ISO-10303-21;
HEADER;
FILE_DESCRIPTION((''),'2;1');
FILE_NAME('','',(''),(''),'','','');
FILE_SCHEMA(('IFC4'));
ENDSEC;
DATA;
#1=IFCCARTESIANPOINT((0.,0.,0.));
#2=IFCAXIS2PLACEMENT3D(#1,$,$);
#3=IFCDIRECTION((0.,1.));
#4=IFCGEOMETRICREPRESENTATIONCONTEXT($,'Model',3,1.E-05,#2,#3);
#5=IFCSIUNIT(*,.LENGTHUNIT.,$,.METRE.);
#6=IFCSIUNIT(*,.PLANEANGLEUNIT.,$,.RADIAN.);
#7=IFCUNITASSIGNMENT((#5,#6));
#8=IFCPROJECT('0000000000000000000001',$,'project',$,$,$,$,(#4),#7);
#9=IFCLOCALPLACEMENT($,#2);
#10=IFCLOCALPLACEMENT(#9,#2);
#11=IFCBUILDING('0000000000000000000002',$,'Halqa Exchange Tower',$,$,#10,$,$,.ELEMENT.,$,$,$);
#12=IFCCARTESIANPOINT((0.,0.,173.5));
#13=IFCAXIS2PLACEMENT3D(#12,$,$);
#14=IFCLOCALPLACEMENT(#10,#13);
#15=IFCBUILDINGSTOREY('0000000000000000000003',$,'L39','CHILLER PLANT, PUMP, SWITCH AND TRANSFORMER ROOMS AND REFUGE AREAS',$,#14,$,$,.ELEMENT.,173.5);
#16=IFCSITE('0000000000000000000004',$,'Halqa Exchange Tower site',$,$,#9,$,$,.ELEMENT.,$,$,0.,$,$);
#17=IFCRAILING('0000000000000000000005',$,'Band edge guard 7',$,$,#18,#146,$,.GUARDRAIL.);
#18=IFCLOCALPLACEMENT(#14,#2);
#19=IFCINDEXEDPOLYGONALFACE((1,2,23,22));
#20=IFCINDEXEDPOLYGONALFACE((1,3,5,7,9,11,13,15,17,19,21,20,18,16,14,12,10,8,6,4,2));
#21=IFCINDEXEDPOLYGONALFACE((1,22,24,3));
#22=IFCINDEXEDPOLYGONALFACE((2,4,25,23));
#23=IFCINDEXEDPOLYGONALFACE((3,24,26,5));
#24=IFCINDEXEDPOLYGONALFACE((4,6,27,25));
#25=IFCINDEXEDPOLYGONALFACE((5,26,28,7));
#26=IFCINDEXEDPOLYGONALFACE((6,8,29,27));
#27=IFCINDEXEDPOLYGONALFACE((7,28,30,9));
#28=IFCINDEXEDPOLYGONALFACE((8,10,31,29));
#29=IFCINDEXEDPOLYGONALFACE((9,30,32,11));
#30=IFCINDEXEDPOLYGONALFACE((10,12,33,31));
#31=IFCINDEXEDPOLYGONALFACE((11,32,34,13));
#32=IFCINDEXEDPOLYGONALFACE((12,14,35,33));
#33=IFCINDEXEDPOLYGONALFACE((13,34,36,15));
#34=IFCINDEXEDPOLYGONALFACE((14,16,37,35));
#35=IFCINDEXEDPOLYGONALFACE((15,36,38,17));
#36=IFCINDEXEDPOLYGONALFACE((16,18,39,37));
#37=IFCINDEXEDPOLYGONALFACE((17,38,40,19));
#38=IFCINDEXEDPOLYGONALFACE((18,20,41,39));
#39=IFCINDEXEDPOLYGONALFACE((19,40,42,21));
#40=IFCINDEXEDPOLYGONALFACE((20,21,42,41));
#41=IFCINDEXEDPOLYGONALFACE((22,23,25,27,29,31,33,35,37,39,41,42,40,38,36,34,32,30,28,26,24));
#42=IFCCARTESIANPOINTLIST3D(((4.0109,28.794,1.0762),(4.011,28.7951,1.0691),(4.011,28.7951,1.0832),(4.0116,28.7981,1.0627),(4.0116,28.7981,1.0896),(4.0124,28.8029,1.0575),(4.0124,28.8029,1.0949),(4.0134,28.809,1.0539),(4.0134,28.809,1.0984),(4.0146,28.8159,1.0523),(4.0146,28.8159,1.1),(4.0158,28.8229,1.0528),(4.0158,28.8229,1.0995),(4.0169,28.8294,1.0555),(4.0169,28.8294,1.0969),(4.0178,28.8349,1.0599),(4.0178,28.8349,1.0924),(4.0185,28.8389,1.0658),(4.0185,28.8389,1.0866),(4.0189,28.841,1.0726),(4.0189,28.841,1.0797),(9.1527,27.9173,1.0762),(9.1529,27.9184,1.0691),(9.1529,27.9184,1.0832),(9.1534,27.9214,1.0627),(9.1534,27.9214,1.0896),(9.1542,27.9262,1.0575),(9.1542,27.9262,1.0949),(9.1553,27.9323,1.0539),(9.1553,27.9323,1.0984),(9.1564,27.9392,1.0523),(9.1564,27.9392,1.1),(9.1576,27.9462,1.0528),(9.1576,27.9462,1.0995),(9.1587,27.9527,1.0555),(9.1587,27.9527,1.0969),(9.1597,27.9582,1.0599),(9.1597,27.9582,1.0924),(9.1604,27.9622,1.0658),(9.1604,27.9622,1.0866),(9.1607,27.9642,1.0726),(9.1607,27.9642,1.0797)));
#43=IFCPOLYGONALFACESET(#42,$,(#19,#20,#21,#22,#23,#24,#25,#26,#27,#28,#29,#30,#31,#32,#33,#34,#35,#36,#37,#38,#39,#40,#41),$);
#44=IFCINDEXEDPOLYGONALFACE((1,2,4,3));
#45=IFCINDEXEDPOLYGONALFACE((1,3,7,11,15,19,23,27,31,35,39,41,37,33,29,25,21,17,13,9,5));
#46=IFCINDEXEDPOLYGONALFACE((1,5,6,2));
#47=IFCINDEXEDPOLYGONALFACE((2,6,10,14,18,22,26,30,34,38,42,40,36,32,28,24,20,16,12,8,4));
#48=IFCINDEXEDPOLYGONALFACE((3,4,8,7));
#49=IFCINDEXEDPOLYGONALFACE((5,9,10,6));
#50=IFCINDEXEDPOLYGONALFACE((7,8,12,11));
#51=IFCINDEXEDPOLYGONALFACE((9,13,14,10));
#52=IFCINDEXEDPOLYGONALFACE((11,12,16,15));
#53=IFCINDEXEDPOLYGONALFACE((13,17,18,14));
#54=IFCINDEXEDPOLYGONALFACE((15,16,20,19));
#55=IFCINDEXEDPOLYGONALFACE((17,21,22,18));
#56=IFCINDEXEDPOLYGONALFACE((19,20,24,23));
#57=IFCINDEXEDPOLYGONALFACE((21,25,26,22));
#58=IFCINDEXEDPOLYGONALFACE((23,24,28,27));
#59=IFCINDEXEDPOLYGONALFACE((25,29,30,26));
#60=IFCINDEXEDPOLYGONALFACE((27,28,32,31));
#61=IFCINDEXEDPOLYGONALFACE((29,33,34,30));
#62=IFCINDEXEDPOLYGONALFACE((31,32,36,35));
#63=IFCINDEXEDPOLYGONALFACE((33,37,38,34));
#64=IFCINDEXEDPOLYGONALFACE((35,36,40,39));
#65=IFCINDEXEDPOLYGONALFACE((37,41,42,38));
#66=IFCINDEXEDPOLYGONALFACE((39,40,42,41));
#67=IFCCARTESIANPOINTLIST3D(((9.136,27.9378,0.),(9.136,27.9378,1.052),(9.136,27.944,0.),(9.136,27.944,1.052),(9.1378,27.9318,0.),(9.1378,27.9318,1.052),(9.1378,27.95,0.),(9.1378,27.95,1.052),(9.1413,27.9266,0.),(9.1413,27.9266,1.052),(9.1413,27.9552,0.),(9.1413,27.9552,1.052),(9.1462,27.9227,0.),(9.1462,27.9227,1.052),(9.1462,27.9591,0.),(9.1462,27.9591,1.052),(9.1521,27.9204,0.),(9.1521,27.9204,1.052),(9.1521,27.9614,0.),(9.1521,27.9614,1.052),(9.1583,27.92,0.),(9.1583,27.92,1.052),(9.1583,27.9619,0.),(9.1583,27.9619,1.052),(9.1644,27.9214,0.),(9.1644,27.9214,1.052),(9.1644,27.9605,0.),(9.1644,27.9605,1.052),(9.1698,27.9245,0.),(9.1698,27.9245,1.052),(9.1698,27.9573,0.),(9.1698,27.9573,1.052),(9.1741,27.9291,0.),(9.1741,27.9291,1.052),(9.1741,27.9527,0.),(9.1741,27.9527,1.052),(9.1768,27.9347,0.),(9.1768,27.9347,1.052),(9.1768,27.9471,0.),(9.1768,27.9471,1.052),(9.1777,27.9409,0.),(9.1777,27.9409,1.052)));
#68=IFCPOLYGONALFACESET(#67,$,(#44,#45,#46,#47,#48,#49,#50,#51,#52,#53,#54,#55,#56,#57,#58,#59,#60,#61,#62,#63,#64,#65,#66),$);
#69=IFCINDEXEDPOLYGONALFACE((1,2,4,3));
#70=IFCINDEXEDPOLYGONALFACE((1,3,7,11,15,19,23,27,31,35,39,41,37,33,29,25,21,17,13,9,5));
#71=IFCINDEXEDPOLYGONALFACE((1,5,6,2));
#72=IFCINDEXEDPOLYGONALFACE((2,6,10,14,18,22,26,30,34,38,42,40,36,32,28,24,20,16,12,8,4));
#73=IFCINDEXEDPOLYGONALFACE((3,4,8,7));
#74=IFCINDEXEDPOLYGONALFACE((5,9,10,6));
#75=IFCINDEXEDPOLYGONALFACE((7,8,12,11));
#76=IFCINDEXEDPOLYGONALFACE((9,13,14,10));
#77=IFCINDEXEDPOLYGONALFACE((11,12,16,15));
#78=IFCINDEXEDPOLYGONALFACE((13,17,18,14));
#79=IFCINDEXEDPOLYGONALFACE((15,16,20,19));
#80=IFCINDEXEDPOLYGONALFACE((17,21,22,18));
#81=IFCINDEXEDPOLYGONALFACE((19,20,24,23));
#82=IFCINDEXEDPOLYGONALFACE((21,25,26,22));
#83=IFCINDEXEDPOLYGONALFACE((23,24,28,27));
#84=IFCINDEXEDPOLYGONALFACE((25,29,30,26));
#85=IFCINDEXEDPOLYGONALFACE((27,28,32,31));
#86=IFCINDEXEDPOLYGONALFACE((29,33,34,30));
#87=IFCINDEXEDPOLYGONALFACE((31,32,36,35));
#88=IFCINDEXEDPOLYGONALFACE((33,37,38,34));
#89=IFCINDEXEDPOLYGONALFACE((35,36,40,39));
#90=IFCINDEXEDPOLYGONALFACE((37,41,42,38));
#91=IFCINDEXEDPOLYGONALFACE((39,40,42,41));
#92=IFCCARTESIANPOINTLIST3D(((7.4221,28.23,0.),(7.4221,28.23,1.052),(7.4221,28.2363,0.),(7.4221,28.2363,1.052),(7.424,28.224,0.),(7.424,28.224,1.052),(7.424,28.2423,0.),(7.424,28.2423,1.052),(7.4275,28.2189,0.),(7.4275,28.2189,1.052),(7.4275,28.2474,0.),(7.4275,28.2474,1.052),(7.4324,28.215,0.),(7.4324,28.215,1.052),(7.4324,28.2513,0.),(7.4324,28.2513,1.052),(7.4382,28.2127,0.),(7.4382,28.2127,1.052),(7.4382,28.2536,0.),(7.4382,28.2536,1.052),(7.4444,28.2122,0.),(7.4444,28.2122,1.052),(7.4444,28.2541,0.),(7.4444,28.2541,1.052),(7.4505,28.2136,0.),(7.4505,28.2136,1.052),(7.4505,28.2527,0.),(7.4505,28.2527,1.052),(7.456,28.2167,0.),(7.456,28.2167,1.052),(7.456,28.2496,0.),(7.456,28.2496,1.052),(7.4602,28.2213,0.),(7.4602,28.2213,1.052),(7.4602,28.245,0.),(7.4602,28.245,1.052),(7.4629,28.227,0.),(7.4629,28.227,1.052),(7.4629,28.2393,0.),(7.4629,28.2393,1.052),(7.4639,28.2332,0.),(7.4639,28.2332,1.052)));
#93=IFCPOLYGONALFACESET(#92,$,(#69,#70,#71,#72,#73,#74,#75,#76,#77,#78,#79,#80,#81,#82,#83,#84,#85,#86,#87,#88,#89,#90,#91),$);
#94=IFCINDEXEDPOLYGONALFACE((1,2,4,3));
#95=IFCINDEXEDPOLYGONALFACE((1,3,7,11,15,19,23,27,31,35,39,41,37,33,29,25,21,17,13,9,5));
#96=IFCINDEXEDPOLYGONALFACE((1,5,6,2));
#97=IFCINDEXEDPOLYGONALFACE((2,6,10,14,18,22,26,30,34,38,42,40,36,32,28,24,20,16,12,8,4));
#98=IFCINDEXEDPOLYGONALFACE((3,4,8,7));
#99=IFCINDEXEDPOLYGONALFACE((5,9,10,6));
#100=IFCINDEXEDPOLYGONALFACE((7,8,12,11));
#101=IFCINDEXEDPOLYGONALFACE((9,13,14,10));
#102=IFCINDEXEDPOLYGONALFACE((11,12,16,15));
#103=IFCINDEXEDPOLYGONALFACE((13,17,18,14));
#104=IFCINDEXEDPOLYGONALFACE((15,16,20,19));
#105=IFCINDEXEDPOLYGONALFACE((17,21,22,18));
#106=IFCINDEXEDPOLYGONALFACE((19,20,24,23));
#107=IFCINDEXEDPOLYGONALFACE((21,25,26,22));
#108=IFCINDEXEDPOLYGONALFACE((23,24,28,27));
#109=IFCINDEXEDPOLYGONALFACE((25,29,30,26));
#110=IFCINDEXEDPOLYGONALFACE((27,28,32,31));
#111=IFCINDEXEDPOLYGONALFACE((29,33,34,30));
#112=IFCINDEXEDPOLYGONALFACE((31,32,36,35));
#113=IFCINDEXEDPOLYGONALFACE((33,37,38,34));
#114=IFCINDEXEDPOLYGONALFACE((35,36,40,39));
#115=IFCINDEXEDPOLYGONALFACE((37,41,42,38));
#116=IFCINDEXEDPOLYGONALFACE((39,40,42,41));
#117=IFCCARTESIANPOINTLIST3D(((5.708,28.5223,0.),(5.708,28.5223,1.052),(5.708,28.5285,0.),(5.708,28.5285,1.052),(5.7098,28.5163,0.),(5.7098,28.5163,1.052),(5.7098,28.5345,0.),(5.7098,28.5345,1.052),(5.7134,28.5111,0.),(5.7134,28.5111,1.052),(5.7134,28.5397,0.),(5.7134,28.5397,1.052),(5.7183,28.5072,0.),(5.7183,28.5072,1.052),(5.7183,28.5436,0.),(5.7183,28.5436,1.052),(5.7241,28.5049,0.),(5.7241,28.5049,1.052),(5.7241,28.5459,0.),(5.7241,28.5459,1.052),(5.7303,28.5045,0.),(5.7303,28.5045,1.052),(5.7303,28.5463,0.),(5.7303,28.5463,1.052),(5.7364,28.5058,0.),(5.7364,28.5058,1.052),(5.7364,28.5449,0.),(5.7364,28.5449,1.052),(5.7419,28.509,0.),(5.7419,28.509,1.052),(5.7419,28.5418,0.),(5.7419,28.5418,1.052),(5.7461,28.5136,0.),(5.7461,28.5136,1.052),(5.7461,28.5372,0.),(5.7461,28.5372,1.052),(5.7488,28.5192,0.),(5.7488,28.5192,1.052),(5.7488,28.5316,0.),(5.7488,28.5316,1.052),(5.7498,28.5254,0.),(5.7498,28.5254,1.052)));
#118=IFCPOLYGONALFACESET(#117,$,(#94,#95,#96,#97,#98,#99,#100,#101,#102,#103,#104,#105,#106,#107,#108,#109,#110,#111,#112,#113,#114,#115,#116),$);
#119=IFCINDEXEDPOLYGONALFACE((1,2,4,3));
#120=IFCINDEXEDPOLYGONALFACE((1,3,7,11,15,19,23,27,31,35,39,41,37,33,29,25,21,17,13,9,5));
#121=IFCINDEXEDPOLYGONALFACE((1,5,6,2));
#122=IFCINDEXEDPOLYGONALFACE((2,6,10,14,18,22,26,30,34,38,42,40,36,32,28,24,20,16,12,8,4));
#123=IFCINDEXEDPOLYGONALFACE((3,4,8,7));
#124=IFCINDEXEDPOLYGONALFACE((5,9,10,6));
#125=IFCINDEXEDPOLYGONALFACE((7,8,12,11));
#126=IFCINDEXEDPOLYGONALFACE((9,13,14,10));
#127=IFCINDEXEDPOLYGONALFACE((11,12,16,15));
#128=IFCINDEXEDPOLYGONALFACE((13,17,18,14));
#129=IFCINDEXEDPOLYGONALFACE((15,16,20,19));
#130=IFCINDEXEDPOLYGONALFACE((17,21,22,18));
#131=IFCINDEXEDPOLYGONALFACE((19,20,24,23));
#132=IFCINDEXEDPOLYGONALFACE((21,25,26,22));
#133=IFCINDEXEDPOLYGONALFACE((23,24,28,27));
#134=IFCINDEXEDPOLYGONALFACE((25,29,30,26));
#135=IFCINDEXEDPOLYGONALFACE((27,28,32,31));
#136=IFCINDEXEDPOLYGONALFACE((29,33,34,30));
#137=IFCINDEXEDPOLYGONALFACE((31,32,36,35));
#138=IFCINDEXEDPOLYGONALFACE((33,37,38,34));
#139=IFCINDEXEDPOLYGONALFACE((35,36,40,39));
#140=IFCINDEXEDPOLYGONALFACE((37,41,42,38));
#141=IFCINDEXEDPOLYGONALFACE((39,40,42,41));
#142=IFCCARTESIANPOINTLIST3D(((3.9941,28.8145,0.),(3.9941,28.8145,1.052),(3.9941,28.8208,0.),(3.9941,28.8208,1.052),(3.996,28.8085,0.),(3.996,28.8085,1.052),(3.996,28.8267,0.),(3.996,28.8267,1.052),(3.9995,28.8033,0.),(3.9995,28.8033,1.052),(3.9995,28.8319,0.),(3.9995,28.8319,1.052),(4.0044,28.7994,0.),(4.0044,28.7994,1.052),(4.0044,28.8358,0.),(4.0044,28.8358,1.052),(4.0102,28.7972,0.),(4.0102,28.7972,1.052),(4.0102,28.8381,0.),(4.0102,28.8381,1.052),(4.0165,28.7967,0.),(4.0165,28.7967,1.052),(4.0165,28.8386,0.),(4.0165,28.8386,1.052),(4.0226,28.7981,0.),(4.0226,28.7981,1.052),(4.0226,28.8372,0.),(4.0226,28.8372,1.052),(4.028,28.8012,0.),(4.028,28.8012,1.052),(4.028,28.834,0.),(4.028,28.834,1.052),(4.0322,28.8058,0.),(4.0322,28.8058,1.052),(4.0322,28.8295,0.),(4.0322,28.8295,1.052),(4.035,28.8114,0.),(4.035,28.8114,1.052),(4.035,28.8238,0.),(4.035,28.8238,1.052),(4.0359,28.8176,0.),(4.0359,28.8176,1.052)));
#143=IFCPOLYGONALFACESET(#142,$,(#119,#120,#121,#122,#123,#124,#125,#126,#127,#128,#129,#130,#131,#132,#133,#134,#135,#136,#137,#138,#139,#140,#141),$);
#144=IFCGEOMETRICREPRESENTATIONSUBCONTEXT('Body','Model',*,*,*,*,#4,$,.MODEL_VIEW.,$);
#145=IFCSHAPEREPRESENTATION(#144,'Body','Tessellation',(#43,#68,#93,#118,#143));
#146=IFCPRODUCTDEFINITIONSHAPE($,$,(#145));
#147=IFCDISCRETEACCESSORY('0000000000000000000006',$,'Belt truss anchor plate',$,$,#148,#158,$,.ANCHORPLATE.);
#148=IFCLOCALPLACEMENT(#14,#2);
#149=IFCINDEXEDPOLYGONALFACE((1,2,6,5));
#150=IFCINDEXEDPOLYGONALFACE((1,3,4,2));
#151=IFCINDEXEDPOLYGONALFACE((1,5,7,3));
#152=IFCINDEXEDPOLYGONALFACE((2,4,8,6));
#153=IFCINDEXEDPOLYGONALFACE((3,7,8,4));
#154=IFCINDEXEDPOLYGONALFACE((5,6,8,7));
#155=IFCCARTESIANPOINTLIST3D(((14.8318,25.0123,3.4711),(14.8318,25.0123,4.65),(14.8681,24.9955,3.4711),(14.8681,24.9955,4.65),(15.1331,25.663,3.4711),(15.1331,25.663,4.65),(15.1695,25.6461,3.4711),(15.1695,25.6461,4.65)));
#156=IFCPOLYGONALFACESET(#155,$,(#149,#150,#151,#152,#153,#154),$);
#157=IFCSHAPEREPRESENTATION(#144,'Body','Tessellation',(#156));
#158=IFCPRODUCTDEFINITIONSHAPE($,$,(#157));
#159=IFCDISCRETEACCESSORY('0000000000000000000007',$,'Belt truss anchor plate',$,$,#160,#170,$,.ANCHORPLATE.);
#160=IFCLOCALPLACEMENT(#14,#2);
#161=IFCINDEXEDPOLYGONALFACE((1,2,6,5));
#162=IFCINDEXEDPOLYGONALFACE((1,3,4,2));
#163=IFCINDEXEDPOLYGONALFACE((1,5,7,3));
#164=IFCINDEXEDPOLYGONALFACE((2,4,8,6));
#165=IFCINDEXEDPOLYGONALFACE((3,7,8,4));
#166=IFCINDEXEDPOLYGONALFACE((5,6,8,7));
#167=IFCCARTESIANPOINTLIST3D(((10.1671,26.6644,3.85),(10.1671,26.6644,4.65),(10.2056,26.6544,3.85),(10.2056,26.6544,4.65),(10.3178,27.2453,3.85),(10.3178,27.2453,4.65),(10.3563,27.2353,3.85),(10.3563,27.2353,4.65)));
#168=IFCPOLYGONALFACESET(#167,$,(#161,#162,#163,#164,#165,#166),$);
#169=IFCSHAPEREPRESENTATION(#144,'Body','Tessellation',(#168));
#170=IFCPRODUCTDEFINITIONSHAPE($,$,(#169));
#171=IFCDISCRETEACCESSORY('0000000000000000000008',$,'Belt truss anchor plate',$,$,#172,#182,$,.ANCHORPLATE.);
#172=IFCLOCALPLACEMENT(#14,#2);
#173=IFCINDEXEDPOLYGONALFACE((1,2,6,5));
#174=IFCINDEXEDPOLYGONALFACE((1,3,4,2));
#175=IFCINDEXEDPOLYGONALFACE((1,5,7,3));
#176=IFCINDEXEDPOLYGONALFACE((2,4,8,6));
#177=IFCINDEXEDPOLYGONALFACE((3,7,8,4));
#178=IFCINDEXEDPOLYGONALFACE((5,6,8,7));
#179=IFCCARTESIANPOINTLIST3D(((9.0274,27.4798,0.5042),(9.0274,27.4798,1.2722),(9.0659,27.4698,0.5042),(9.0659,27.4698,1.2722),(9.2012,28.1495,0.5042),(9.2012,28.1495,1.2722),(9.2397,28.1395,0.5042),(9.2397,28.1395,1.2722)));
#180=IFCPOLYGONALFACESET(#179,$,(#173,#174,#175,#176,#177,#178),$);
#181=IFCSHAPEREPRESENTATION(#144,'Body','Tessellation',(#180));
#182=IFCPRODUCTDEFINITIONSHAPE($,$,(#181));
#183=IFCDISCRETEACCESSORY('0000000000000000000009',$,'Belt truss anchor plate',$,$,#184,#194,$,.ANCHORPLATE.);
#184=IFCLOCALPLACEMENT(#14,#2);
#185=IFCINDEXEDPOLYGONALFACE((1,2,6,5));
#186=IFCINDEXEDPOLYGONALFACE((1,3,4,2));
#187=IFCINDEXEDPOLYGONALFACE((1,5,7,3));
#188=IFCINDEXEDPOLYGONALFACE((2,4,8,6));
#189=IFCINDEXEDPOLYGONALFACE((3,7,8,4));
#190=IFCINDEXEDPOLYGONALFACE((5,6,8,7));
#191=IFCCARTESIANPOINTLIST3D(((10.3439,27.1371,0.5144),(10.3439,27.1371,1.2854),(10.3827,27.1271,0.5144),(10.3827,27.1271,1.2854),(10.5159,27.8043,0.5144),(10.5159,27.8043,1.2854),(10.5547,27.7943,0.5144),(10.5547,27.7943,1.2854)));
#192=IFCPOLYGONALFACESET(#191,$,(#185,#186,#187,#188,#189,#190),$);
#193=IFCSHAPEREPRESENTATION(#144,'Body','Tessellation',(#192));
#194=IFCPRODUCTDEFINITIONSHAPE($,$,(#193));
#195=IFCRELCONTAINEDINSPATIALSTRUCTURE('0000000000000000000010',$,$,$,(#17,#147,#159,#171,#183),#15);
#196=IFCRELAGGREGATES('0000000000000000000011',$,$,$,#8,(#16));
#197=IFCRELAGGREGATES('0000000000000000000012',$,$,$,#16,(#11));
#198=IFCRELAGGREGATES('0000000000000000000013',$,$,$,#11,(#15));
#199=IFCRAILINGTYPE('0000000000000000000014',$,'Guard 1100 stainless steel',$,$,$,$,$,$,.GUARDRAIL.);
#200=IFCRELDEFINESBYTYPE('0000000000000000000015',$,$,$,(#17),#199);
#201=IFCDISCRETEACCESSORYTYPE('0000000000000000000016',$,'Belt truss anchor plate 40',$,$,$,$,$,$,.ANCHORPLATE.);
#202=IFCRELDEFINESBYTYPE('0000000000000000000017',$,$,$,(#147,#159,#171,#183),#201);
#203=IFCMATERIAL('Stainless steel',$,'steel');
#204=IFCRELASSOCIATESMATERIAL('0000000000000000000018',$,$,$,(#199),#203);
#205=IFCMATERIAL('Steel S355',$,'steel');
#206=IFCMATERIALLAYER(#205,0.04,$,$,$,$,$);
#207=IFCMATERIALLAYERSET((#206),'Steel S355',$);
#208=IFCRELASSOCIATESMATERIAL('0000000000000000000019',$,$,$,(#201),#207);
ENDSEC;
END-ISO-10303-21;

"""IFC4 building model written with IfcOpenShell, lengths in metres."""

from ifc_helpers import new_model, si_unit, direction, frame, origin, origin_2d, place, context, subcontext, project, spatial, rectangle, circle, extrude, material, layer, layer_set, type_object, element, save


model = new_model("IFC4")

# Units and contexts
model_context = context("Model", 3, precision=1e-05, world=origin(), true_north=direction((0.0, 1.0)))
body_context = subcontext(model_context, "Body", "Model", "MODEL_VIEW")
ifc_project = project(units=[si_unit("LENGTHUNIT", "METRE"), si_unit("PLANEANGLEUNIT", "RADIAN")], contexts=[model_context])

# Site, building, storey
site_placement = place(None, origin())
site = spatial("IfcSite", under=ifc_project, at=site_placement, Name="Halqa Exchange Tower site", CompositionType="ELEMENT", RefElevation=0.0)
building_placement = place(site_placement, origin())
building = spatial("IfcBuilding", under=site, at=building_placement, Name="Halqa Exchange Tower", CompositionType="ELEMENT")
storey_placement = place(building_placement, frame((0.0, 0.0, 173.5)))
storey = spatial("IfcBuildingStorey", under=building, at=storey_placement, Name="L39", Description="CHILLER PLANT, PUMP, SWITCH AND TRANSFORMER ROOMS AND REFUGE AREAS", CompositionType="ELEMENT", Elevation=173.5)

# Shared definitions
ifc_material_1 = material(Name="Steel S355", Category="steel")

# Railing
ifc_material_2 = material(Name="Stainless steel", Category="steel")
railing_type = type_object("IfcRailingType", Name="Guard 1100 stainless steel", PredefinedType="GUARDRAIL", material=ifc_material_2)
railing_1_placement = place(storey_placement, frame((9.1567, 27.9409, 0.0)))
element("IfcRailing", 1, at=railing_1_placement, inside=storey, type_object=railing_type, Name="Band edge guard 7", PredefinedType="GUARDRAIL", context=body_context, shape_type="SweptSolid", body=[
    extrude(circle(Radius=0.0239, at=origin_2d()), frame((0.0, 0.0, 1.0762), z_axis=(-0.985774, 0.168079, 0.0), x_axis=(-0.168079, -0.985774, 0.0)), (0.0, 0.0, 1.0), 5.2161),
    extrude(circle(Radius=0.021, at=origin_2d()), origin(), (0.0, 0.0, 1.0), 1.052),
    extrude(circle(Radius=0.021, at=origin_2d()), frame((-1.7139, 0.2922, 0.0)), (0.0, 0.0, 1.0), 1.052),
    extrude(circle(Radius=0.021, at=origin_2d()), frame((-3.428, 0.5845, 0.0)), (0.0, 0.0, 1.0), 1.052),
    extrude(circle(Radius=0.021, at=origin_2d()), frame((-5.1418, 0.8767, 0.0)), (0.0, 0.0, 1.0), 1.052),
])

# Discrete accessories
ifc_layer_1 = layer(ifc_material_1, 0.04)
ifc_layer_set_1 = layer_set([ifc_layer_1], Name="Steel S355")
discrete_accessory_type = type_object("IfcDiscreteAccessoryType", Name="Belt truss anchor plate 40", PredefinedType="ANCHORPLATE", material=ifc_layer_set_1)
discrete_accessory_1_placement = place(storey_placement, frame((15.0188, 25.3208, 4.0605), z_axis=(-0.907424, 0.420216, 0.0), x_axis=(-0.420216, -0.907424, 0.0)))
element("IfcDiscreteAccessory", 2, at=discrete_accessory_1_placement, inside=storey, type_object=discrete_accessory_type, Name="Belt truss anchor plate", PredefinedType="ANCHORPLATE", context=body_context, shape_type="SweptSolid", body=[
    extrude(rectangle(XDim=0.717, YDim=1.179, at=origin_2d()), origin(), (0.0, 0.0, 1.0), 0.04),
])
discrete_accessory_2_placement = place(storey_placement, frame((10.2424, 26.9548, 4.25), z_axis=(0.967942, -0.251175, 0.0), x_axis=(0.251175, 0.967942, 0.0)))
element("IfcDiscreteAccessory", 3, at=discrete_accessory_2_placement, inside=storey, type_object=discrete_accessory_type, Name="Belt truss anchor plate", PredefinedType="ANCHORPLATE", context=body_context, shape_type="SweptSolid", body=[
    extrude(rectangle(XDim=0.6001, YDim=0.8, at=origin_2d()), origin(), (0.0, 0.0, 1.0), 0.0398),
])
discrete_accessory_3_placement = place(storey_placement, frame((9.1528, 27.8047, 0.8882), z_axis=(-0.967942, 0.251175, 0.0), x_axis=(-0.251175, -0.967942, 0.0)))
element("IfcDiscreteAccessory", 4, at=discrete_accessory_3_placement, inside=storey, type_object=discrete_accessory_type, Name="Belt truss anchor plate", PredefinedType="ANCHORPLATE", context=body_context, shape_type="SweptSolid", body=[
    extrude(rectangle(XDim=0.6919, YDim=0.7681, at=origin_2d()), origin(), (0.0, 0.0, 1.0), 0.0398),
])
discrete_accessory_4_placement = place(storey_placement, frame((10.4299, 27.4707, 0.8999), z_axis=(0.968325, -0.249694, 0.0), x_axis=(0.249694, 0.968325, 0.0)))
element("IfcDiscreteAccessory", 5, at=discrete_accessory_4_placement, inside=storey, type_object=discrete_accessory_type, Name="Belt truss anchor plate", PredefinedType="ANCHORPLATE", context=body_context, shape_type="SweptSolid", body=[
    extrude(rectangle(XDim=0.689, YDim=0.771, at=origin_2d()), origin(), (0.0, 0.0, 1.0), 0.04),
])

save(model, "model.ifc")
